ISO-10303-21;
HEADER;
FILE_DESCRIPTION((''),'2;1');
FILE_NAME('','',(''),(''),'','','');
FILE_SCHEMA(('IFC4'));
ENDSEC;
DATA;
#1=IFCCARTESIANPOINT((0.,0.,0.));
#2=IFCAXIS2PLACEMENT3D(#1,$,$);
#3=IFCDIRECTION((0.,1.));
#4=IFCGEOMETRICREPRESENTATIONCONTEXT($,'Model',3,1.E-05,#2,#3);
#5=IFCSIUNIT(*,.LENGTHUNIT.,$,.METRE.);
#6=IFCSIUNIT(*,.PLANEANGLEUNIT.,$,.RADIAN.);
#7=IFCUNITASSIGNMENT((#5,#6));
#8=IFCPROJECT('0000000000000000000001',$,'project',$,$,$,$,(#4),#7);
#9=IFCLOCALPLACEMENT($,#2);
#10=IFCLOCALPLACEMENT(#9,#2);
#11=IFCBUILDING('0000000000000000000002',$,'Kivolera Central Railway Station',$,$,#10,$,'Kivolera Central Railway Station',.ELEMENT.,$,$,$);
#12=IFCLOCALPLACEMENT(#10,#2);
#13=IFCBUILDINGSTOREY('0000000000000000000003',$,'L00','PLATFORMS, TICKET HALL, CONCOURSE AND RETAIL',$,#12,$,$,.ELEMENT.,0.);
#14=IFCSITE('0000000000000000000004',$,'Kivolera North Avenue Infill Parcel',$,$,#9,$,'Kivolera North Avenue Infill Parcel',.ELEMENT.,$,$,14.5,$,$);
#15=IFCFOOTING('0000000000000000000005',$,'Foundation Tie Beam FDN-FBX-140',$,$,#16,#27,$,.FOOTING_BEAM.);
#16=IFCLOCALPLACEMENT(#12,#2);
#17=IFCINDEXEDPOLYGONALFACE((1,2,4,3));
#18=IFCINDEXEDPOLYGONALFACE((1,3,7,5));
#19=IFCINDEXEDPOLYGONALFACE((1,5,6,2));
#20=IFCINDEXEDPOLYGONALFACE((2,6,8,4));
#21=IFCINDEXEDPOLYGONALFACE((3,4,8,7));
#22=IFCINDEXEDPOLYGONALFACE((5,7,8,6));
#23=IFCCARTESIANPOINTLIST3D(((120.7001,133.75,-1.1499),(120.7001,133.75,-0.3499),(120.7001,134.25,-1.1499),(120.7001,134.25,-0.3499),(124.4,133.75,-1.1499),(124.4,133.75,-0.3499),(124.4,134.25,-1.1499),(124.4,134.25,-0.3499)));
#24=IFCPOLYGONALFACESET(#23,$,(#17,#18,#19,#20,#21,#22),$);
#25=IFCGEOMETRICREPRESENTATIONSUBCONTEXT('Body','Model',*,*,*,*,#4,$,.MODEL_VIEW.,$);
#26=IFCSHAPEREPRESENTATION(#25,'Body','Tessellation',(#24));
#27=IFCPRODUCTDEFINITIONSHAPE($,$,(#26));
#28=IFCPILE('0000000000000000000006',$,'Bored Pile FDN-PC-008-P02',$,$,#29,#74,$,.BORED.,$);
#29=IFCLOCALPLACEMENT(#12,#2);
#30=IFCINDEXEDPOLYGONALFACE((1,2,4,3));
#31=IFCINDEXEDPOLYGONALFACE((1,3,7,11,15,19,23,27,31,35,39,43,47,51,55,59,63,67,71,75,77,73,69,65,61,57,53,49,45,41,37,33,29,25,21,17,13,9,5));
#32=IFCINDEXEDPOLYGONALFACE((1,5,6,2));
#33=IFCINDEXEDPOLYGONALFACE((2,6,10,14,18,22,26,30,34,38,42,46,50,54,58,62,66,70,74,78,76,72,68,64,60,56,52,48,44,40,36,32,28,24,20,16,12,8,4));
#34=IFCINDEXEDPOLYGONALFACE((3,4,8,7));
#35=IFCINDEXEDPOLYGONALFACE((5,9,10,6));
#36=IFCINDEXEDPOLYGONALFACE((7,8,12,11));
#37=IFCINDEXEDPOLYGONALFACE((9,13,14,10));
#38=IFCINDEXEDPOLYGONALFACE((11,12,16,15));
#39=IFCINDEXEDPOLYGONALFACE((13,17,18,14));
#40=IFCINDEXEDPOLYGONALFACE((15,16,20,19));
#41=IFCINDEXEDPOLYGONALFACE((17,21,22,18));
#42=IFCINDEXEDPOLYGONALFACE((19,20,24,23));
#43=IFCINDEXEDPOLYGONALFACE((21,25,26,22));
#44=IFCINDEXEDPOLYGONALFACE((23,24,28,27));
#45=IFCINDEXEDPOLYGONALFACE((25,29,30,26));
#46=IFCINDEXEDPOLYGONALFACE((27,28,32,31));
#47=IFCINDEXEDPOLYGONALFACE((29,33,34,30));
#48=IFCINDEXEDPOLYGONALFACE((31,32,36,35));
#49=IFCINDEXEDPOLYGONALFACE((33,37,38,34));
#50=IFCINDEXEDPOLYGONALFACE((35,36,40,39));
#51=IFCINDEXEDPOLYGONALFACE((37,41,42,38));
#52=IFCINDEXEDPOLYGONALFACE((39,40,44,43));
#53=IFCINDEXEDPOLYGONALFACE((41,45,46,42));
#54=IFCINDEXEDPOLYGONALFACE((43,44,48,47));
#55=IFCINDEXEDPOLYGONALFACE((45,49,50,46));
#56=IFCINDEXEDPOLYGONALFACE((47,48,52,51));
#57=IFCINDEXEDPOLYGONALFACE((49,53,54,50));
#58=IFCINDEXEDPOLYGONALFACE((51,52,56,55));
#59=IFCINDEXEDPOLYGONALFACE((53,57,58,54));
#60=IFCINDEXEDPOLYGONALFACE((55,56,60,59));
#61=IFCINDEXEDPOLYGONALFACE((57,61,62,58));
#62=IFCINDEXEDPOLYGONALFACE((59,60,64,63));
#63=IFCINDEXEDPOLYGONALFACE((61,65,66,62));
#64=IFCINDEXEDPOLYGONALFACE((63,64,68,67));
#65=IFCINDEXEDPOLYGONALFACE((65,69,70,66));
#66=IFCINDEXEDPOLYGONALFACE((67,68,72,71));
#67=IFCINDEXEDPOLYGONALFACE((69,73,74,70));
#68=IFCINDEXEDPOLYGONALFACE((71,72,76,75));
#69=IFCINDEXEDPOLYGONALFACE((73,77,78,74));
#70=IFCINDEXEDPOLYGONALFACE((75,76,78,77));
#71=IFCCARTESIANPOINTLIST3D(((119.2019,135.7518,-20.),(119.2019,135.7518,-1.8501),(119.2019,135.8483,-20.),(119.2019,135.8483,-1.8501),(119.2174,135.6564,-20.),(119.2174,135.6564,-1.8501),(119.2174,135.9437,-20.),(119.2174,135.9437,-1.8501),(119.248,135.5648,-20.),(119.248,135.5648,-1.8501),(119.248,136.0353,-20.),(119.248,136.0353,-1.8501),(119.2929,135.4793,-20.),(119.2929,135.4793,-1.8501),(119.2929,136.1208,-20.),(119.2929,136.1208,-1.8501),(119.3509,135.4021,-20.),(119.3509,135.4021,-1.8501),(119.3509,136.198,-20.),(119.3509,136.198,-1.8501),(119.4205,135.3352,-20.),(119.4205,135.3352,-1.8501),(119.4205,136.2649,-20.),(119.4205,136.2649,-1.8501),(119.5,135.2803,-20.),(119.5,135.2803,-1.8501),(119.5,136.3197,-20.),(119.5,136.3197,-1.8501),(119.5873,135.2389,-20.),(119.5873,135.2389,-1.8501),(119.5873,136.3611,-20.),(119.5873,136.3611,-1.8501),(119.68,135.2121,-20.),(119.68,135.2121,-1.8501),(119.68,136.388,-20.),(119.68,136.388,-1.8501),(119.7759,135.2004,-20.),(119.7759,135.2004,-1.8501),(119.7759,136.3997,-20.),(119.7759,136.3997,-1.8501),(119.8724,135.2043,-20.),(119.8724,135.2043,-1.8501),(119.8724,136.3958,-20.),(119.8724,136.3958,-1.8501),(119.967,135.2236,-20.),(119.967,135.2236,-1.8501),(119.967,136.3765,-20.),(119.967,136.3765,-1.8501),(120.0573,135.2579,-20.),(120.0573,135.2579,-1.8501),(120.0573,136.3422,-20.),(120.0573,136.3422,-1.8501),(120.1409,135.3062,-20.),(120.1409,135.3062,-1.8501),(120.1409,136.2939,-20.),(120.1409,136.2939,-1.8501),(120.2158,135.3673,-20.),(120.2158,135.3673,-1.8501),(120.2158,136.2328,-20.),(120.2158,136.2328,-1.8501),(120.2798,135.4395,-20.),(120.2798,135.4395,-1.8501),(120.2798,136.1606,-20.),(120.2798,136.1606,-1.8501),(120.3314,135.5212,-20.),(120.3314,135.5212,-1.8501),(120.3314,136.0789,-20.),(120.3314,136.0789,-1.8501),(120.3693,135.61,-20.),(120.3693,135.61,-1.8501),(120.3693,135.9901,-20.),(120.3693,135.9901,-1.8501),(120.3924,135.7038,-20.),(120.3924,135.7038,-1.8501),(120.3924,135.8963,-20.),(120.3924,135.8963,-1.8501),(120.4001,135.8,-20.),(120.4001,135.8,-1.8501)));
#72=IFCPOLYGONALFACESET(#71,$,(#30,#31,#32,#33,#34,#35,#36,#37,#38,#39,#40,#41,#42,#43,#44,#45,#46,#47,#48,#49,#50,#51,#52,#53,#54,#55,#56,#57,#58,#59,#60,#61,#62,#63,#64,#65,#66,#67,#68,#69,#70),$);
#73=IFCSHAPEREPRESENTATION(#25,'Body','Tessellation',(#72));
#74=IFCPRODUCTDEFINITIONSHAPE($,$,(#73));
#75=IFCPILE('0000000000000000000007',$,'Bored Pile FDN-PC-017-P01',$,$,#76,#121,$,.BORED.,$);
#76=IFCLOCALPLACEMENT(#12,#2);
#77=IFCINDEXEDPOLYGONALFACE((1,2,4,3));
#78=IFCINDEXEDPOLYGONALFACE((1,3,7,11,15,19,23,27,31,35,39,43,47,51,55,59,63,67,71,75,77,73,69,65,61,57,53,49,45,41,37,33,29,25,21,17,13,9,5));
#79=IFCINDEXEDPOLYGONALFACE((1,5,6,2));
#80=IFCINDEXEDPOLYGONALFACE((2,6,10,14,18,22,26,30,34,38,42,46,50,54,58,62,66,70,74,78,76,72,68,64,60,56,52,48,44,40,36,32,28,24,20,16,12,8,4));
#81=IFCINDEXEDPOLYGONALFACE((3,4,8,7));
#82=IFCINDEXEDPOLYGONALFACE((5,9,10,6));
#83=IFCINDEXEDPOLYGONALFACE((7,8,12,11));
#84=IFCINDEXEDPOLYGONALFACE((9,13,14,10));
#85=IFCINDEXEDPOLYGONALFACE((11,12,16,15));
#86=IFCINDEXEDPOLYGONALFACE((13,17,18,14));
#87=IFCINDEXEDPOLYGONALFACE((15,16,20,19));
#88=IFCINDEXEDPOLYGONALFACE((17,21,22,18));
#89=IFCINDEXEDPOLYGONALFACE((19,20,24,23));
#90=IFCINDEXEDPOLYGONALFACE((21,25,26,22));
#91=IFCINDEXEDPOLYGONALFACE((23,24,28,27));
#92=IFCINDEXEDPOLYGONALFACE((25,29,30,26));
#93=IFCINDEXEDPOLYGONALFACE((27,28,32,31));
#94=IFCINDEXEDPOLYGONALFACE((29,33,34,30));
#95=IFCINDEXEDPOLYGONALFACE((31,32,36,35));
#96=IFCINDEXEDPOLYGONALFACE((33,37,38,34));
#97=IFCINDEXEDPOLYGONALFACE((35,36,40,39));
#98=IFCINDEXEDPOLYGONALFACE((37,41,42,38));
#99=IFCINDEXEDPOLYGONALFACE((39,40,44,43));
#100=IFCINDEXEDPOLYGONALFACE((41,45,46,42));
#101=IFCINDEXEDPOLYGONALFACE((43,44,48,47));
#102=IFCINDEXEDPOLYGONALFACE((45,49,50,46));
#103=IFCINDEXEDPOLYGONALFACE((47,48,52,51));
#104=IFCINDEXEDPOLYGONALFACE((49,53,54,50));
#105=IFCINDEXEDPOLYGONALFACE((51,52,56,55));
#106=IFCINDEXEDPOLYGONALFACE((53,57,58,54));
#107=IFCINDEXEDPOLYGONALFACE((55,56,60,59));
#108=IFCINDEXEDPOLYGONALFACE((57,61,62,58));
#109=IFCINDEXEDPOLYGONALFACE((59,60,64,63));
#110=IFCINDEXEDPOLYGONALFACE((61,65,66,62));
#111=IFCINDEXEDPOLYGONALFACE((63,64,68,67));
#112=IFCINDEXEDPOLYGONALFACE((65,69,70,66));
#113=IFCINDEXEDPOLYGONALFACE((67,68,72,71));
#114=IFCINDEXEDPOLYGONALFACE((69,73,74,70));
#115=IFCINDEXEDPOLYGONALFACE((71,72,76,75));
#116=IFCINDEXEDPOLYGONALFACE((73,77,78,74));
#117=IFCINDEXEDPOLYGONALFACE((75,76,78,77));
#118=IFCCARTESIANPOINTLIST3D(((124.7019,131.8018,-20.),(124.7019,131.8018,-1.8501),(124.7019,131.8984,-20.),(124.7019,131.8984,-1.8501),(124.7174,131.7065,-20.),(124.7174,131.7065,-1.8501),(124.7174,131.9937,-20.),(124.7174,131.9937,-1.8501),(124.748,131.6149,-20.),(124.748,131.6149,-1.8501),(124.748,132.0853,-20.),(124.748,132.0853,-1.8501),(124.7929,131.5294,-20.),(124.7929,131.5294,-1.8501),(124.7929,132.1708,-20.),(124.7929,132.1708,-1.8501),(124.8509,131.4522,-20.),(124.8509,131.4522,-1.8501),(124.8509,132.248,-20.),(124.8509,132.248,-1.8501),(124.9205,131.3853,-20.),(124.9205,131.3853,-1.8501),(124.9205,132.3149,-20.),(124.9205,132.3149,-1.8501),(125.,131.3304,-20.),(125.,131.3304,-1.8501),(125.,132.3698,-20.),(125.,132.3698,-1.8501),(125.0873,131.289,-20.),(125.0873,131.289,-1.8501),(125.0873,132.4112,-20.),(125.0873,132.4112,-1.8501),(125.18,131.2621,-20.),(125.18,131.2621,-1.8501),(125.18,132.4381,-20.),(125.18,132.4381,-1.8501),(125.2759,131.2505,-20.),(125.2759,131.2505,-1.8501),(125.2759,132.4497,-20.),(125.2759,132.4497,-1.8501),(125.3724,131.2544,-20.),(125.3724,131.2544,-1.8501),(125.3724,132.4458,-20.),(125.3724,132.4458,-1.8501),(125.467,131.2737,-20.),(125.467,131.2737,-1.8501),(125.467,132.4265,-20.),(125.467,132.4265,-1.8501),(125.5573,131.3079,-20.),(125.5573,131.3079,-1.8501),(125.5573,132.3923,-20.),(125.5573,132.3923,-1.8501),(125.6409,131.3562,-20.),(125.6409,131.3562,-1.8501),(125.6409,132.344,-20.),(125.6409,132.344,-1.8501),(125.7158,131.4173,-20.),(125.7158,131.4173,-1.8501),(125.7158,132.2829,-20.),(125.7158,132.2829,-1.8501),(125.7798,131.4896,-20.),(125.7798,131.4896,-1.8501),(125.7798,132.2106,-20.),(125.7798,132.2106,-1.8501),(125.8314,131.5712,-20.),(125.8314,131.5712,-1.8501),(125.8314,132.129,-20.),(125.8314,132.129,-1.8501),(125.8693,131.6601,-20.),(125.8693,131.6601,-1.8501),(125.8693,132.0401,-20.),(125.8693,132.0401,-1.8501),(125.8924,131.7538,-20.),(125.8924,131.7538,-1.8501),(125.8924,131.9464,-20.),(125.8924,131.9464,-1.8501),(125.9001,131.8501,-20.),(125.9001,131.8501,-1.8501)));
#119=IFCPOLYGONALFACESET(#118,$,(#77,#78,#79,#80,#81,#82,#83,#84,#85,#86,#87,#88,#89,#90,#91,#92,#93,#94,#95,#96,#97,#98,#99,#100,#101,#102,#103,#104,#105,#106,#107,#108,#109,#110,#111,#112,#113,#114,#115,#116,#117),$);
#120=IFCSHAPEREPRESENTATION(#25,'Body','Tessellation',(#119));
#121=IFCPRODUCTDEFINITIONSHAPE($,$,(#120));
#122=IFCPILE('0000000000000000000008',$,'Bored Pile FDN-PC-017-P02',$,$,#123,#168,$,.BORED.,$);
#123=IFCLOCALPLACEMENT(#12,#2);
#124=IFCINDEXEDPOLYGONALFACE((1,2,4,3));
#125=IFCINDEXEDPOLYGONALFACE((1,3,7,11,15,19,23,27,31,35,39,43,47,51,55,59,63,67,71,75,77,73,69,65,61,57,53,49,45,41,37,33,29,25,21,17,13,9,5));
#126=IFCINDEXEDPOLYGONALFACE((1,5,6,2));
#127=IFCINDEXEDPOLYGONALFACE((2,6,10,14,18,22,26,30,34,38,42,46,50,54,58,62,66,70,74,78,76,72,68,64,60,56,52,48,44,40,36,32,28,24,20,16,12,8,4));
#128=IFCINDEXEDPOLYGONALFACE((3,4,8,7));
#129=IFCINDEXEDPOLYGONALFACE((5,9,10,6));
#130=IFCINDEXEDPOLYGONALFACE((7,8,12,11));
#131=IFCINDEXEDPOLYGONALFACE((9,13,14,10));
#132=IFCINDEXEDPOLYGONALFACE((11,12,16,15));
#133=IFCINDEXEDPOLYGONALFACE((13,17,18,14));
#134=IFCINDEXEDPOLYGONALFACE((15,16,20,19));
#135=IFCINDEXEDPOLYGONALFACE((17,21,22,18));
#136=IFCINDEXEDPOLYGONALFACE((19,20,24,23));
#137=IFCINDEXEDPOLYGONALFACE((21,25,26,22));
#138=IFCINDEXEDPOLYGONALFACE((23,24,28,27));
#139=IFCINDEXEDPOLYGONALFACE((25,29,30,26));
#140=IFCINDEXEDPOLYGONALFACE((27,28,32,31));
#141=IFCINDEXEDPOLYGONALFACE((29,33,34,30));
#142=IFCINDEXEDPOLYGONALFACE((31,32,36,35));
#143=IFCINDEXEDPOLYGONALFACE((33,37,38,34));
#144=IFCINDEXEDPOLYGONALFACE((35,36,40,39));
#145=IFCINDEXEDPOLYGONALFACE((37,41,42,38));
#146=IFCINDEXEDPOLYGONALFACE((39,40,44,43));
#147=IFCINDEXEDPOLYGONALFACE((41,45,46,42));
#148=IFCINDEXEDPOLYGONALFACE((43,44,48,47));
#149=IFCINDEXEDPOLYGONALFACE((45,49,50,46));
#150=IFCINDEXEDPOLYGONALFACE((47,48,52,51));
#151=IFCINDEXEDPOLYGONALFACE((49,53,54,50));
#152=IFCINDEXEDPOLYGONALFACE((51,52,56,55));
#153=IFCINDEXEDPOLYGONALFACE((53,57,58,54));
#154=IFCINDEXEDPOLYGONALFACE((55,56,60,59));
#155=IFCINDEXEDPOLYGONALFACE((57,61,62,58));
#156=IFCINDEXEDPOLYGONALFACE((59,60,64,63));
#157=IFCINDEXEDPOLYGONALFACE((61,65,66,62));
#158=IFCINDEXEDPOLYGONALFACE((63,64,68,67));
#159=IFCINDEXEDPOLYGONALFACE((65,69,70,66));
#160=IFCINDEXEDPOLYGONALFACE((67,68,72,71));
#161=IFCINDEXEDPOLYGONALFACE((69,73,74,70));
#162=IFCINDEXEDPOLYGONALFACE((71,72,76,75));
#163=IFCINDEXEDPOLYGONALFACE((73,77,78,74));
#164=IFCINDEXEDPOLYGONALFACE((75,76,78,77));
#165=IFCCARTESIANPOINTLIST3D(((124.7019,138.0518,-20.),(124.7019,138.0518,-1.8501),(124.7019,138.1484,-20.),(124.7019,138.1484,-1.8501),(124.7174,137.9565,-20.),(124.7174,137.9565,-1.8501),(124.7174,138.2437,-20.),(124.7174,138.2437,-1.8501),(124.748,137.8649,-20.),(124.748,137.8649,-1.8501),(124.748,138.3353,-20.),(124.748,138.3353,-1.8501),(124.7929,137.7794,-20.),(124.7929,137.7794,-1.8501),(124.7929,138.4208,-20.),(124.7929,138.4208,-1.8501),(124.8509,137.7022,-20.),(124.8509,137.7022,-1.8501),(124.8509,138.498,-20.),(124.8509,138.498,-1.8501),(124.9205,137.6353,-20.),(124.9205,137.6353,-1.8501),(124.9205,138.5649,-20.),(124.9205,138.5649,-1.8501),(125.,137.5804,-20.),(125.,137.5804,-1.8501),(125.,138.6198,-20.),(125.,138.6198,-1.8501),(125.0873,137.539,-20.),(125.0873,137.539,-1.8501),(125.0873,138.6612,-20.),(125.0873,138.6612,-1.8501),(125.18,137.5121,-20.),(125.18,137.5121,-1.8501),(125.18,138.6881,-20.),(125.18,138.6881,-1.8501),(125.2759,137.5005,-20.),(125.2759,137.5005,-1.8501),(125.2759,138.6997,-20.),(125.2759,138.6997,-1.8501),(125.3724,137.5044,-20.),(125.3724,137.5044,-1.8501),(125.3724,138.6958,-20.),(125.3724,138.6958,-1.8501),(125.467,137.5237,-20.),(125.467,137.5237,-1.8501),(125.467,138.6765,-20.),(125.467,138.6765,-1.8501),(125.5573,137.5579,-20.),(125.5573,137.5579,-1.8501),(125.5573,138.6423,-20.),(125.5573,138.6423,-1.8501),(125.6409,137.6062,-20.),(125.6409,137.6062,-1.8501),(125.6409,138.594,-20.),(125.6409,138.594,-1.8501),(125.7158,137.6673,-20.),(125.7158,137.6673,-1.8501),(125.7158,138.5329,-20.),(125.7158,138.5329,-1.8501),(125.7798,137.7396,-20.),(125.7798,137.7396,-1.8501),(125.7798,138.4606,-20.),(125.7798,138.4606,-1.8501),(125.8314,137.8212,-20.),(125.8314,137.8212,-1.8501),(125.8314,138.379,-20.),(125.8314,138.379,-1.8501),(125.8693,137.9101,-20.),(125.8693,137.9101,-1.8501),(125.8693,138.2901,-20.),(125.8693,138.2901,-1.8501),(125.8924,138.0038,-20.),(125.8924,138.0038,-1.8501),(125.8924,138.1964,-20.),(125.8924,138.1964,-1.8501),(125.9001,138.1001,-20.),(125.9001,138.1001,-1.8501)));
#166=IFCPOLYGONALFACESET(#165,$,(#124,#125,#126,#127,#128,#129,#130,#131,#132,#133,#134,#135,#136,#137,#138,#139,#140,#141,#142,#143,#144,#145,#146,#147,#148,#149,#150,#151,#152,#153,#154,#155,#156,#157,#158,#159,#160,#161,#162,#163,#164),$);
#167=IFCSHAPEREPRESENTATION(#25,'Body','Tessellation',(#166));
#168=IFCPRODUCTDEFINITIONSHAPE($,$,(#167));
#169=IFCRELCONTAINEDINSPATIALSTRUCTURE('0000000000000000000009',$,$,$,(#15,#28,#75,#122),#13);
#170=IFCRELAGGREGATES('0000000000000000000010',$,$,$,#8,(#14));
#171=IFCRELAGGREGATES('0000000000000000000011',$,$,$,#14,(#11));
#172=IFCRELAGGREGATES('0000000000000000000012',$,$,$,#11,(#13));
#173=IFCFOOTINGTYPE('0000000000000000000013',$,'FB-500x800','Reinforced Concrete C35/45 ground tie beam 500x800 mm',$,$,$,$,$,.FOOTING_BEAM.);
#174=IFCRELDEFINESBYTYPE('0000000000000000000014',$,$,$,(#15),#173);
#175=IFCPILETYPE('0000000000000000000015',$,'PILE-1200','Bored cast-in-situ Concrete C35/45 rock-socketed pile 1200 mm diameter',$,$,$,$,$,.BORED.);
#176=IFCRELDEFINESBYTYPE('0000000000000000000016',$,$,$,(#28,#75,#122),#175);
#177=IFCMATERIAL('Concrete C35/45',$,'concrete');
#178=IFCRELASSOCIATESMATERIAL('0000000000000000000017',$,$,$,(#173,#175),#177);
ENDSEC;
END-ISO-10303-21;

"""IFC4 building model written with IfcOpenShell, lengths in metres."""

from ifc_helpers import new_model, si_unit, direction, frame, origin, origin_2d, place, context, subcontext, project, spatial, rectangle, circle, extrude, material, material_profile, profile_set, type_object, element, save


model = new_model("IFC4")

# Units and contexts
model_context = context("Model", 3, precision=1e-05, world=origin(), true_north=direction((0.0, 1.0)))
body_context = subcontext(model_context, "Body", "Model", "MODEL_VIEW")
ifc_project = project(units=[si_unit("LENGTHUNIT", "METRE"), si_unit("PLANEANGLEUNIT", "RADIAN")], contexts=[model_context])

# Site, building, storey
site_placement = place(None, origin())
site = spatial("IfcSite", under=ifc_project, at=site_placement, Name="Kivolera North Avenue Infill Parcel", LongName="Kivolera North Avenue Infill Parcel", CompositionType="ELEMENT", RefElevation=14.5)
building_placement = place(site_placement, origin())
building = spatial("IfcBuilding", under=site, at=building_placement, Name="Kivolera Central Railway Station", LongName="Kivolera Central Railway Station", CompositionType="ELEMENT")
storey_placement = place(building_placement, origin())
storey = spatial("IfcBuildingStorey", under=building, at=storey_placement, Name="L00", Description="PLATFORMS, TICKET HALL, CONCOURSE AND RETAIL", CompositionType="ELEMENT", Elevation=0.0)

# Footing
ifc_material_1 = material(Name="Concrete C35/45", Category="concrete")
footing_type = type_object("IfcFootingType", Name="FB-500x800", Description="Reinforced Concrete C35/45 ground tie beam 500x800 mm", PredefinedType="FOOTING_BEAM", material=ifc_material_1)
footing_placement = place(storey_placement, frame((122.55, 134.0, -1.1499), z_axis=(0.0, 0.0, 1.0), x_axis=(1.0, 0.0, 0.0)))
element("IfcFooting", 1, at=footing_placement, inside=storey, type_object=footing_type, Name="Foundation Tie Beam FDN-FBX-140", PredefinedType="FOOTING_BEAM", context=body_context, shape_type="SweptSolid", body=[
    extrude(rectangle(XDim=3.7, YDim=0.5, at=origin_2d()), origin(), (0.0, 0.0, 1.0), 0.8),
])

# Piles
ifc_material_profile_1 = material_profile(ifc_material_1, circle(Radius=0.6001, at=origin_2d()), Name="PILE D1200")
ifc_profile_set_1 = profile_set([ifc_material_profile_1], Name="Concrete C35/45")
pile_type = type_object("IfcPileType", Name="PILE-1200", Description="Bored cast-in-situ Concrete C35/45 rock-socketed pile 1200 mm diameter", PredefinedType="BORED", material=ifc_profile_set_1)
for number, where, z_axis, x_axis, name in (
    (2, (119.8, 135.8, -1.8501), (0.0, 0.0, -1.0), (1.0, 0.0, 0.0), "Bored Pile FDN-PC-008-P02"),
    (3, (125.3, 131.8501, -1.8501), (0.0, 0.0, -1.0), (1.0, 0.0, 0.0), "Bored Pile FDN-PC-017-P01"),
    (4, (125.3, 138.1001, -1.8501), (0.0, 0.0, -1.0), (1.0, 0.0, 0.0), "Bored Pile FDN-PC-017-P02"),
):
    element("IfcPile", number, at=place(storey_placement, frame(where, z_axis=z_axis, x_axis=x_axis)), inside=storey, type_object=pile_type, Name=name, PredefinedType="BORED", context=body_context, shape_type="SweptSolid", body=[
        extrude(circle(Radius=0.6001, at=origin_2d()), origin(), (0.0, 0.0, 1.0), 18.1499),
    ])

save(model, "model.ifc")
